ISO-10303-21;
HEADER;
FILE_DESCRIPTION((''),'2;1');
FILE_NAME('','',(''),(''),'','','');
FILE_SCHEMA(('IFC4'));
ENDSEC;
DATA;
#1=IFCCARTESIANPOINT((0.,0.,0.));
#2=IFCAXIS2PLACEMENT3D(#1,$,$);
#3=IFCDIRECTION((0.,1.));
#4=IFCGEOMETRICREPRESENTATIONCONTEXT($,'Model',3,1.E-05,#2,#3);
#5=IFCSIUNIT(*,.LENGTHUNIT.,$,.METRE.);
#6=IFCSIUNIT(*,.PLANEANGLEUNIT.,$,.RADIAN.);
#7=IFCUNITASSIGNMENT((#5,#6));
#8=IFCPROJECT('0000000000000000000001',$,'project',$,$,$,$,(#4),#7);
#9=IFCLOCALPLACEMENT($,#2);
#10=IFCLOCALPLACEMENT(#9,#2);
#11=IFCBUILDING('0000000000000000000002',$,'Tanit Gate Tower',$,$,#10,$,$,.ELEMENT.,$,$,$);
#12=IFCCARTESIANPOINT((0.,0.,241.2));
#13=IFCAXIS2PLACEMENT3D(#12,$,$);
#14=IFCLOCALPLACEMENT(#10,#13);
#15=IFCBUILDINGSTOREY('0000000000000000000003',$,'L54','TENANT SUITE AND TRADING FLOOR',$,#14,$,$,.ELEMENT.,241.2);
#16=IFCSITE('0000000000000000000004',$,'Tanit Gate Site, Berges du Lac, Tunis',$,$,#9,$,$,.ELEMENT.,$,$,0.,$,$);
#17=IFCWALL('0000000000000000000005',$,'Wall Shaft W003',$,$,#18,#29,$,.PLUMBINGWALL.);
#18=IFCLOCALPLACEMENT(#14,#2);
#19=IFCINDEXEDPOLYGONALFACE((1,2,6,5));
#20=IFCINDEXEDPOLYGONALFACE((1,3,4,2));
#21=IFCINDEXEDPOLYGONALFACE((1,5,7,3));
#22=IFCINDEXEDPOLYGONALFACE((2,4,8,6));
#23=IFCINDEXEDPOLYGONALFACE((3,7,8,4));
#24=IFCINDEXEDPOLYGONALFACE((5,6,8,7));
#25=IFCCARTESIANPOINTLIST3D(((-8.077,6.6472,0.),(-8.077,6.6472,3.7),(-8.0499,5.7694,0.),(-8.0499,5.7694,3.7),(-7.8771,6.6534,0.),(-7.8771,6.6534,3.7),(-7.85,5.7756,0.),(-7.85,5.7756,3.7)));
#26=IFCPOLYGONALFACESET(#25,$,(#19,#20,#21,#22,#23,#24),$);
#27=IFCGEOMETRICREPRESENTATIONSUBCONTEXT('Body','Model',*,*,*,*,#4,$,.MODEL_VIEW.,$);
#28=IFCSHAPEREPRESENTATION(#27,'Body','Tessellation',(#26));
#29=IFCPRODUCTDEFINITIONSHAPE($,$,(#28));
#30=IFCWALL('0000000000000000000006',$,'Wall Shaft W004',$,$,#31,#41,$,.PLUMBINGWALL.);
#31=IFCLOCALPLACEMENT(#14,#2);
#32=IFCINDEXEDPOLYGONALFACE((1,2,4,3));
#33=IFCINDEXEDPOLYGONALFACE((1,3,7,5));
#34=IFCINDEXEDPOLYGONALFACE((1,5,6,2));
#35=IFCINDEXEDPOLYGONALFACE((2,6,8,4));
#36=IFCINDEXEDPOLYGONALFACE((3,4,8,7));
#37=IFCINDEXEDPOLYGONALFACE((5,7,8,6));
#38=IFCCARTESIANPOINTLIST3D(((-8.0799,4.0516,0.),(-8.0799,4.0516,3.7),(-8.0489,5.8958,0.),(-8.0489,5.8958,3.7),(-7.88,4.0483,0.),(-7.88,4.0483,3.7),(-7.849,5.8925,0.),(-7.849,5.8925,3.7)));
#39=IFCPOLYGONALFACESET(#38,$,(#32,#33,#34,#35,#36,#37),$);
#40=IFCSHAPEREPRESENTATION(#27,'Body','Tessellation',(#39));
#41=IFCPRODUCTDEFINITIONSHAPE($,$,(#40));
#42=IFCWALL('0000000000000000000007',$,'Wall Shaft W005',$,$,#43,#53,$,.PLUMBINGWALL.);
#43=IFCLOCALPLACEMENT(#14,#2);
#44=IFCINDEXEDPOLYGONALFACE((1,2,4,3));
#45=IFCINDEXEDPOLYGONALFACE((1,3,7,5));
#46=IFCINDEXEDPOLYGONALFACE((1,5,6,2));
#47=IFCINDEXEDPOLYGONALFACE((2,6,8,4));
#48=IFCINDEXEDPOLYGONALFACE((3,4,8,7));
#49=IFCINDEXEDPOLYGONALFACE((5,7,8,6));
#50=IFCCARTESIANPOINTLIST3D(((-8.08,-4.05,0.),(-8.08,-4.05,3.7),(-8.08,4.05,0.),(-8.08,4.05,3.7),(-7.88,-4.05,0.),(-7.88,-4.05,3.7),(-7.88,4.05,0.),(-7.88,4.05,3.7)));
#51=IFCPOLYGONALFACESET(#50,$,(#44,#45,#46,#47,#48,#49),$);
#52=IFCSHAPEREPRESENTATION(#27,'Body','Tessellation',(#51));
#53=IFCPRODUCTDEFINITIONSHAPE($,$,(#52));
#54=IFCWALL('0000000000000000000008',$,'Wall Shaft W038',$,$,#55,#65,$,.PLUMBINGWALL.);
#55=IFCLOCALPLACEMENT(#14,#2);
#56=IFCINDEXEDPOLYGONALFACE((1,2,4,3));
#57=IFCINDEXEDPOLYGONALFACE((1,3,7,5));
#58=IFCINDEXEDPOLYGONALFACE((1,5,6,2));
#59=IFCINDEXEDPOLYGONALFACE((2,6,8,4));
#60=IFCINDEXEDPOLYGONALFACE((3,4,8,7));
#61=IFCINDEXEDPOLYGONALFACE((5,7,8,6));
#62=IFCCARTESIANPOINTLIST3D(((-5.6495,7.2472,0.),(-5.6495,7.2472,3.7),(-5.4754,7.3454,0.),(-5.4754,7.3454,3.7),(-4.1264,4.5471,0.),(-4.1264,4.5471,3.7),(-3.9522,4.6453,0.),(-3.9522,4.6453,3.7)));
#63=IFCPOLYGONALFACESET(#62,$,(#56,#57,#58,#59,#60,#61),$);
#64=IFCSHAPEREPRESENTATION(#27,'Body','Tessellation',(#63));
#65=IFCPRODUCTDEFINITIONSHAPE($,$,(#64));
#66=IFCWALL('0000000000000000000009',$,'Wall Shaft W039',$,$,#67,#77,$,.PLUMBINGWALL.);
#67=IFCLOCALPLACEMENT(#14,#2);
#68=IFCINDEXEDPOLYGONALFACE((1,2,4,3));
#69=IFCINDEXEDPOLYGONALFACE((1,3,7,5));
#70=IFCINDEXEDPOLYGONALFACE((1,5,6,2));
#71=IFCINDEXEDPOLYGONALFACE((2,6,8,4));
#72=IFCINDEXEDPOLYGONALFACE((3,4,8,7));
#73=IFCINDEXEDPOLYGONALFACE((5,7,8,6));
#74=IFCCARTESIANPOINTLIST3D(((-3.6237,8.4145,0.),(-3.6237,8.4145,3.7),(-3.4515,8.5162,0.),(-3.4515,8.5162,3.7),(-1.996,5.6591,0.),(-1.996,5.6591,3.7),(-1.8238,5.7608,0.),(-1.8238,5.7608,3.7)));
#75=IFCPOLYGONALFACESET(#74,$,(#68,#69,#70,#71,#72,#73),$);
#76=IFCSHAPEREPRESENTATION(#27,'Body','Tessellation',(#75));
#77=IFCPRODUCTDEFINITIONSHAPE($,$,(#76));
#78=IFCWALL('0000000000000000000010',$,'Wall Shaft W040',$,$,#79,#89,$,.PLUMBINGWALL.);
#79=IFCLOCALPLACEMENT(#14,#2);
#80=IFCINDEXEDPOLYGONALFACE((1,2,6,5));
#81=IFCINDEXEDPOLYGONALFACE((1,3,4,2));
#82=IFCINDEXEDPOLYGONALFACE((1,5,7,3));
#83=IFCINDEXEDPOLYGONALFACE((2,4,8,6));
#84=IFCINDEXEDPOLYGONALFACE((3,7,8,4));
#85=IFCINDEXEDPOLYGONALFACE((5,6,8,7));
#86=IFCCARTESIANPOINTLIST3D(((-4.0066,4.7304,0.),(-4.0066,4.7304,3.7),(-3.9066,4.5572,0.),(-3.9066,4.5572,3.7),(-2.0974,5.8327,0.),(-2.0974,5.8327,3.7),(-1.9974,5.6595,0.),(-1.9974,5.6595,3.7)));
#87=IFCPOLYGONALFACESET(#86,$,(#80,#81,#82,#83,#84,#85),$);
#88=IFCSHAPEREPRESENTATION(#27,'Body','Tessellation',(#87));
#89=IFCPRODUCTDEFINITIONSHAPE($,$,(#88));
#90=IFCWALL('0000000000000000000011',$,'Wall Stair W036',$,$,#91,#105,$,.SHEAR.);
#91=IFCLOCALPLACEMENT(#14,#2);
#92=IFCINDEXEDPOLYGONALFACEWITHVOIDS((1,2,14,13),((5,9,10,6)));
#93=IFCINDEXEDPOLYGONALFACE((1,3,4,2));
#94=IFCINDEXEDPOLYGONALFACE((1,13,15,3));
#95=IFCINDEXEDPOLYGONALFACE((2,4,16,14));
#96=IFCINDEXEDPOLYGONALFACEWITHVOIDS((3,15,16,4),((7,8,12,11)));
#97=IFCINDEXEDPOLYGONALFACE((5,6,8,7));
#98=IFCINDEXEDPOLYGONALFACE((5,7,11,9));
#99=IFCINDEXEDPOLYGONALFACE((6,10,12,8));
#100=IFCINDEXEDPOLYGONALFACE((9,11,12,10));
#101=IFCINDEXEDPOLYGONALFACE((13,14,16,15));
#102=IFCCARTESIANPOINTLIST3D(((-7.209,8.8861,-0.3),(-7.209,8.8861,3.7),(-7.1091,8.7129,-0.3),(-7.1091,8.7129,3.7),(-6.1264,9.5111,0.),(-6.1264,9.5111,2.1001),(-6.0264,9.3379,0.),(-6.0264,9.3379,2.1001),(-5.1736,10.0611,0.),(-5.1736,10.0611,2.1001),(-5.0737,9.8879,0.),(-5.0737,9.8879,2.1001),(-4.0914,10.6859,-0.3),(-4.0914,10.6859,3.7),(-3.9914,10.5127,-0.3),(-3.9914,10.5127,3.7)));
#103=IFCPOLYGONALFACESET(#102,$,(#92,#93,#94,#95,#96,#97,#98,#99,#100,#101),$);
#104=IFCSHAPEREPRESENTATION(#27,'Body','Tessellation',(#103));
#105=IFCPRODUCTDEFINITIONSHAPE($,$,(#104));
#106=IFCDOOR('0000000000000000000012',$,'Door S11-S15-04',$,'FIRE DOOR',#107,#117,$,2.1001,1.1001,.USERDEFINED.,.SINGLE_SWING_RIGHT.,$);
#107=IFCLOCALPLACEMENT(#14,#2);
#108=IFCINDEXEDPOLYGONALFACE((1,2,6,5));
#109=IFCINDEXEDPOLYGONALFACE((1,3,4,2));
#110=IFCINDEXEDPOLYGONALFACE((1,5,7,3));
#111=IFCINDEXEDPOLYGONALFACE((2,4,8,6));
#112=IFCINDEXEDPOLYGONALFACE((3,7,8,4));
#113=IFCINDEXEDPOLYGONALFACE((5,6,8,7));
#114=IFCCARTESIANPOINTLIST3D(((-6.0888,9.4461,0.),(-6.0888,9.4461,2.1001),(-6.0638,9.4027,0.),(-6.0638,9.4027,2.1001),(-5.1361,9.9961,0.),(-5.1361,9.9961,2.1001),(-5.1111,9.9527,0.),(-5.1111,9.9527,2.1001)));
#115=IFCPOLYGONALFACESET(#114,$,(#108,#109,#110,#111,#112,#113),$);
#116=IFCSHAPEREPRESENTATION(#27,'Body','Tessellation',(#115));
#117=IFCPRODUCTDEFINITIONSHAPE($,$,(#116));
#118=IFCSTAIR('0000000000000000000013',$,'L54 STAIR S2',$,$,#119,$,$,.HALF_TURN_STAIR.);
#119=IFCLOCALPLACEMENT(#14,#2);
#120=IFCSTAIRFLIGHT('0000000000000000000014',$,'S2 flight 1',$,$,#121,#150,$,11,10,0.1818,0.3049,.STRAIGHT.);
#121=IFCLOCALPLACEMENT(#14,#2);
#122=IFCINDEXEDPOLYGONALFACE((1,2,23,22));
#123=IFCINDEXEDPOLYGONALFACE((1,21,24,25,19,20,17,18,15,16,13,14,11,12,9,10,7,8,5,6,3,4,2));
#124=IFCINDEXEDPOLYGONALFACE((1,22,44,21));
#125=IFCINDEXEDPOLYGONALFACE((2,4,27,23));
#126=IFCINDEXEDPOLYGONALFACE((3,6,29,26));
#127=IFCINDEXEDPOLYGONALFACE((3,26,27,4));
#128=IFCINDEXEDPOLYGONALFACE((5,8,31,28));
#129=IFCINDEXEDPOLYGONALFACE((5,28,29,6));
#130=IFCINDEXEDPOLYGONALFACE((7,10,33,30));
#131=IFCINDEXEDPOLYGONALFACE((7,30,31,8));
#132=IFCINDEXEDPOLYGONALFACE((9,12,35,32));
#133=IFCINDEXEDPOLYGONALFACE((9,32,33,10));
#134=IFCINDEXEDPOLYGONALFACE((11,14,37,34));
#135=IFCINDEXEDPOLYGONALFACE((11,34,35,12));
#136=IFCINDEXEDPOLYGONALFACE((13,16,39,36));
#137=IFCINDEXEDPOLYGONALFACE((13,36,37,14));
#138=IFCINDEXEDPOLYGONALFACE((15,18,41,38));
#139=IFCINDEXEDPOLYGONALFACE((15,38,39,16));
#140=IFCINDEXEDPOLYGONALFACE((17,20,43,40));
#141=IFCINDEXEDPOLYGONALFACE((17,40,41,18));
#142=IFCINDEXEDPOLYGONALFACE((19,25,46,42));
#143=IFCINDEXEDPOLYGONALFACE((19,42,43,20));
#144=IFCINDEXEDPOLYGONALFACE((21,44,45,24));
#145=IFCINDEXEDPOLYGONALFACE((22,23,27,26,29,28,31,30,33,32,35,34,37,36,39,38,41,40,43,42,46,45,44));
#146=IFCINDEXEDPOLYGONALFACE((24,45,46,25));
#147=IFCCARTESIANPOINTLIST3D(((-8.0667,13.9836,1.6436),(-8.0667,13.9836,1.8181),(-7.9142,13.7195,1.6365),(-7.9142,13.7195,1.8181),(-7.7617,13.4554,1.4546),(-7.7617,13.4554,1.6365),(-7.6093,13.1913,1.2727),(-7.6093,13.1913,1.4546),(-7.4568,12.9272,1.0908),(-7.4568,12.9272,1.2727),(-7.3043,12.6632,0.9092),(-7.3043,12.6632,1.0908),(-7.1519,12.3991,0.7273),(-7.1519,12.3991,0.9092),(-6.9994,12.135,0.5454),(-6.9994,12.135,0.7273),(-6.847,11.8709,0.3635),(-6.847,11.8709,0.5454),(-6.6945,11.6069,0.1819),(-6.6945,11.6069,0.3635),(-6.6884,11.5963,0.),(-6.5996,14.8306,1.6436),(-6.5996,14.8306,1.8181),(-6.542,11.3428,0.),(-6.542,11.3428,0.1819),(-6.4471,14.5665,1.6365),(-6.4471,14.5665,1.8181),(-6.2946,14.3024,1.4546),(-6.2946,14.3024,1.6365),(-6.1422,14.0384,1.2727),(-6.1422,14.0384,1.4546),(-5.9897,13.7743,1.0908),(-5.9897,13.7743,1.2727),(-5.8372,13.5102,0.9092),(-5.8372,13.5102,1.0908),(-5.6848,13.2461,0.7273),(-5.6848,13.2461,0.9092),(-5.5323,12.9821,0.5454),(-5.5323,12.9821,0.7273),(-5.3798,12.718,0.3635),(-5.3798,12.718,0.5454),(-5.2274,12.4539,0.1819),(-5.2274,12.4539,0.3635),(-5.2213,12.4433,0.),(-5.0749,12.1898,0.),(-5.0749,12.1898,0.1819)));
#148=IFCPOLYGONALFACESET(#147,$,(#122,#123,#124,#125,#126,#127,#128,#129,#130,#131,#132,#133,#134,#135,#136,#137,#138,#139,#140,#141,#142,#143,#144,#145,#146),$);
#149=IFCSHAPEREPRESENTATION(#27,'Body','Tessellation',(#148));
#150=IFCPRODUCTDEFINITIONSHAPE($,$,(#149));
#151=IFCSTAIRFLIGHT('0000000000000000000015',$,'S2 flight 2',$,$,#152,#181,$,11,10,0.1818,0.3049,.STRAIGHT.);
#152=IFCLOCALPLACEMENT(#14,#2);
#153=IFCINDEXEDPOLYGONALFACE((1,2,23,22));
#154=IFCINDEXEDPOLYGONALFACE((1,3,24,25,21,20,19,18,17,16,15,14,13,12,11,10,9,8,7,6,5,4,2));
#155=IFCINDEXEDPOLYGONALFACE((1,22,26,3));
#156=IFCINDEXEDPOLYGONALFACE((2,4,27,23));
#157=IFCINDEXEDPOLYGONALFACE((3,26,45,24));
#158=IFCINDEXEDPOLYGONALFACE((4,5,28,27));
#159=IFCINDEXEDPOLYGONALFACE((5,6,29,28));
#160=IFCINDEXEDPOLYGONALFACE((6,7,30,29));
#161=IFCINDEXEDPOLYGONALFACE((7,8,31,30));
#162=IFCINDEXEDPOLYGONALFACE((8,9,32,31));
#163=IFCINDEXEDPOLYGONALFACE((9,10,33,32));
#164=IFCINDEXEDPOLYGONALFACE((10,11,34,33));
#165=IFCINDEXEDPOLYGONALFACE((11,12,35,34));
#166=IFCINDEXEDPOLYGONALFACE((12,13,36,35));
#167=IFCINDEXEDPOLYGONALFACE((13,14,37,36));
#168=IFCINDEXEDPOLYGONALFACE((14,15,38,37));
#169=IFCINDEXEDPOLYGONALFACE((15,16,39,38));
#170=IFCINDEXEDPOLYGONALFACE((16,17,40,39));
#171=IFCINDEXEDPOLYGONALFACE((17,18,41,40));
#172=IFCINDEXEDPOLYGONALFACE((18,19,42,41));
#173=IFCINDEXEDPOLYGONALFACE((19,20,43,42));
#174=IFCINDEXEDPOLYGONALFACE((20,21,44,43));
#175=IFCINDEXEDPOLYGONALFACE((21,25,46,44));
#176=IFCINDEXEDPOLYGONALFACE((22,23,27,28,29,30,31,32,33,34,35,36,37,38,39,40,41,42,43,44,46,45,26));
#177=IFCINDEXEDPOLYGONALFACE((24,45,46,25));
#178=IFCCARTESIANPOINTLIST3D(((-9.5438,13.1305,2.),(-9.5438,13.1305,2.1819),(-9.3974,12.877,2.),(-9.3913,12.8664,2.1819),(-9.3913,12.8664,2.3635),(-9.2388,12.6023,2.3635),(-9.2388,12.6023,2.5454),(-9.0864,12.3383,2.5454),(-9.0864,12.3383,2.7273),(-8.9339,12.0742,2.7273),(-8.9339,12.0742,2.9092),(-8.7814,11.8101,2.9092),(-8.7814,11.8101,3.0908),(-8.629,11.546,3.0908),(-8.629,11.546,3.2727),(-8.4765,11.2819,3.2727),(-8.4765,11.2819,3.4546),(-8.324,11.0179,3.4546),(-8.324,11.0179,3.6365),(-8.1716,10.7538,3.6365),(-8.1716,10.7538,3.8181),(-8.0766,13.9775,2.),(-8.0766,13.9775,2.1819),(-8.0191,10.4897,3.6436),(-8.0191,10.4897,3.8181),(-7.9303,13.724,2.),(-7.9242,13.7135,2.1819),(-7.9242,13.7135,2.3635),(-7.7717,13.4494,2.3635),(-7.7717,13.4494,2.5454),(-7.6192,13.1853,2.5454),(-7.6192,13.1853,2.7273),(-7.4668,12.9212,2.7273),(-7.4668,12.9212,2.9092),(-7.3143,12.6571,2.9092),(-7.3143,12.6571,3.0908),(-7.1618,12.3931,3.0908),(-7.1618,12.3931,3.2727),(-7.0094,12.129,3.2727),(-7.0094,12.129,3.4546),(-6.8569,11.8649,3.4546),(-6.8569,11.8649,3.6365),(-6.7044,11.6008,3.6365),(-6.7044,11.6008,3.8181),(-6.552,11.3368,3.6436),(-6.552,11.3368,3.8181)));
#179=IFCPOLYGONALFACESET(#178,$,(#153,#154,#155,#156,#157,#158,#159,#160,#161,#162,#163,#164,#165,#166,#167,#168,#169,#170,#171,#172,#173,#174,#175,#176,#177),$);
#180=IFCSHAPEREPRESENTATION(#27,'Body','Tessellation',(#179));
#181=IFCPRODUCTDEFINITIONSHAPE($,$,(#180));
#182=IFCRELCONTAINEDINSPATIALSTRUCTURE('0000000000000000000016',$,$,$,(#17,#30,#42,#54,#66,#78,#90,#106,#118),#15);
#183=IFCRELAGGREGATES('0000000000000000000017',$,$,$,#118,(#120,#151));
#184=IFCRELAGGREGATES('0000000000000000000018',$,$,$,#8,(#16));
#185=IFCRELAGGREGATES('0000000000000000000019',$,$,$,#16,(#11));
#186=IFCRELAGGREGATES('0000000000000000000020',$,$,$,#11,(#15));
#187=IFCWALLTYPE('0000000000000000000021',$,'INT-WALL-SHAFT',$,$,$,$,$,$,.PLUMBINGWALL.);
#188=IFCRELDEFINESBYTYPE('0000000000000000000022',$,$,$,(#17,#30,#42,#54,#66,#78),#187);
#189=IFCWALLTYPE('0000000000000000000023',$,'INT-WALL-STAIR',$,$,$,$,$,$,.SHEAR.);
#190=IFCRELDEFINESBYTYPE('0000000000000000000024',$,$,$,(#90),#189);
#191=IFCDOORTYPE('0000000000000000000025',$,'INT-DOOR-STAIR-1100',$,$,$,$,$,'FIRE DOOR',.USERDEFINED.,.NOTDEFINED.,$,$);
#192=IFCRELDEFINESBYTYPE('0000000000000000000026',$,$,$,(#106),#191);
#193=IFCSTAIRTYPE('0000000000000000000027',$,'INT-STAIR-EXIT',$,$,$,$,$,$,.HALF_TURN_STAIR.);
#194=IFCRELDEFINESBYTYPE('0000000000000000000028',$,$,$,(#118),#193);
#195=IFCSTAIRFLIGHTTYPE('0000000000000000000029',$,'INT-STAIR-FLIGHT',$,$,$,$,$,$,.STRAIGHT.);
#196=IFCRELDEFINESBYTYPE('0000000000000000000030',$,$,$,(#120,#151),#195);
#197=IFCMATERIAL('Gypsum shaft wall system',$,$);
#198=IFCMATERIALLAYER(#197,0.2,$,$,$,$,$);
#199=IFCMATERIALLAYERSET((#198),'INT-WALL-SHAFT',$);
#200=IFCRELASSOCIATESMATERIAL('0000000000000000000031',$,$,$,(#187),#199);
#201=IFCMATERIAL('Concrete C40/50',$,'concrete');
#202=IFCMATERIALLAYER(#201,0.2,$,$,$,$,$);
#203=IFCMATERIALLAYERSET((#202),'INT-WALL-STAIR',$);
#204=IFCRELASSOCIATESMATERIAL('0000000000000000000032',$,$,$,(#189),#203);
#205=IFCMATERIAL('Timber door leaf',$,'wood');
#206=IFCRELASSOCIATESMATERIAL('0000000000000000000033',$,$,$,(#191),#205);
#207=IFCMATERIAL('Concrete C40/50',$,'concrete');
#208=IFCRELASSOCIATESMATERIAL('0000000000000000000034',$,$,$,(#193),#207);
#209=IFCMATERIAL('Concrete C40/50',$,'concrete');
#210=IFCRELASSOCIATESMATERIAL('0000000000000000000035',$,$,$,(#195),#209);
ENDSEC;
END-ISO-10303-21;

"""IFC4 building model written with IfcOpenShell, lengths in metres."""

from ifc_helpers import new_model, si_unit, direction, frame, frame_2d, origin, place, context, subcontext, project, spatial, polyline, rectangle, outline, extrude, material, layer, layer_set, type_object, element, fill, aggregate, save


model = new_model("IFC4")

# Units and contexts
model_context = context("Model", 3, precision=1e-05, world=origin(), true_north=direction((0.0, 1.0)))
body_context = subcontext(model_context, "Body", "Model", "MODEL_VIEW")
ifc_project = project(units=[si_unit("LENGTHUNIT", "METRE"), si_unit("PLANEANGLEUNIT", "RADIAN")], contexts=[model_context])

# Site, building, storey
site_placement = place(None, origin())
site = spatial("IfcSite", under=ifc_project, at=site_placement, Name="Tanit Gate Site, Berges du Lac, Tunis", CompositionType="ELEMENT", RefElevation=0.0)
building_placement = place(site_placement, origin())
building = spatial("IfcBuilding", under=site, at=building_placement, Name="Tanit Gate Tower", CompositionType="ELEMENT")
storey_placement = place(building_placement, frame((0.0, 0.0, 241.2)))
storey = spatial("IfcBuildingStorey", under=building, at=storey_placement, Name="L54", Description="TENANT SUITE AND TRADING FLOOR", CompositionType="ELEMENT", Elevation=241.2)

# Walls
ifc_material_1 = material(Name="Gypsum shaft wall system")
ifc_layer_1 = layer(ifc_material_1, 0.2)
ifc_layer_set_1 = layer_set([ifc_layer_1], Name="INT-WALL-SHAFT")
wall_type_1 = type_object("IfcWallType", Name="INT-WALL-SHAFT", PredefinedType="PLUMBINGWALL", material=ifc_layer_set_1)
wall_1_placement = place(storey_placement, frame((-7.9771, 6.6501, 0.0), z_axis=(0.0, 0.0, 1.0), x_axis=(0.030862, -0.999524, 0.0)))
element("IfcWall", 1, at=wall_1_placement, inside=storey, type_object=wall_type_1, Name="Wall Shaft W003", PredefinedType="PLUMBINGWALL", context=body_context, shape_type="SweptSolid", body=[
    extrude(rectangle(XDim=0.8782, YDim=0.2, at=frame_2d((0.439, 0.0))), origin(), (0.0, 0.0, 1.0), 3.7),
])
wall_2_placement = place(storey_placement, frame((-7.949, 5.8943, 0.0), z_axis=(0.0, 0.0, 1.0), x_axis=(-0.01681, -0.999859, 0.0)))
element("IfcWall", 2, at=wall_2_placement, inside=storey, type_object=wall_type_1, Name="Wall Shaft W004", PredefinedType="PLUMBINGWALL", context=body_context, shape_type="SweptSolid", body=[
    extrude(rectangle(XDim=1.8445, YDim=0.2, at=frame_2d((0.9224, 0.0))), origin(), (0.0, 0.0, 1.0), 3.7),
])
wall_3_placement = place(storey_placement, frame((-7.98, 4.05, 0.0), z_axis=(0.0, 0.0, 1.0), x_axis=(0.0, -1.0, 0.0)))
element("IfcWall", 3, at=wall_3_placement, inside=storey, type_object=wall_type_1, Name="Wall Shaft W005", PredefinedType="PLUMBINGWALL", context=body_context, shape_type="SweptSolid", body=[
    extrude(rectangle(XDim=8.1001, YDim=0.2, at=frame_2d((4.05, 0.0))), origin(), (0.0, 0.0, 1.0), 3.7),
])

# Walls
wall_4_placement = place(storey_placement, frame((-4.0393, 4.5962, 0.0), z_axis=(0.0, 0.0, 1.0), x_axis=(-0.491323, 0.870978, 0.0)))
element("IfcWall", 4, at=wall_4_placement, inside=storey, type_object=wall_type_1, Name="Wall Shaft W038", PredefinedType="PLUMBINGWALL", context=body_context, shape_type="SweptSolid", body=[
    extrude(rectangle(XDim=3.1001, YDim=0.2, at=frame_2d((1.55, 0.0))), origin(), (0.0, 0.0, 1.0), 3.7),
])
wall_5_placement = place(storey_placement, frame((-3.5376, 8.4653, 0.0), z_axis=(0.0, 0.0, 1.0), x_axis=(0.508616, -0.860993, 0.0)))
element("IfcWall", 5, at=wall_5_placement, inside=storey, type_object=wall_type_1, Name="Wall Shaft W039", PredefinedType="PLUMBINGWALL", context=body_context, shape_type="SweptSolid", body=[
    extrude(rectangle(XDim=3.2002, YDim=0.2, at=frame_2d((1.6001, 0.0))), origin(), (0.0, 0.0, 1.0), 3.7),
])
wall_6_placement = place(storey_placement, frame((-2.0474, 5.7461, 0.0), z_axis=(0.0, 0.0, 1.0), x_axis=(-0.86602, -0.50001, 0.0)))
element("IfcWall", 6, at=wall_6_placement, inside=storey, type_object=wall_type_1, Name="Wall Shaft W040", PredefinedType="PLUMBINGWALL", context=body_context, shape_type="SweptSolid", body=[
    extrude(rectangle(XDim=2.2046, YDim=0.2, at=frame_2d((1.1023, 0.0))), origin(), (0.0, 0.0, 1.0), 3.7),
])

# Wall, opening, door
ifc_material_2 = material(Name="Concrete C40/50", Category="concrete")
ifc_layer_2 = layer(ifc_material_2, 0.2)
ifc_layer_set_2 = layer_set([ifc_layer_2], Name="INT-WALL-STAIR")
wall_type_2 = type_object("IfcWallType", Name="INT-WALL-STAIR", PredefinedType="SHEAR", material=ifc_layer_set_2)
wall_7_placement = place(storey_placement, frame((-7.1589, 8.7996, -0.3), z_axis=(0.0, 0.0, 1.0), x_axis=(0.866048, 0.499961, 0.0)))
wall_7 = element("IfcWall", 7, at=wall_7_placement, inside=storey, type_object=wall_type_2, Name="Wall Stair W036", PredefinedType="SHEAR", context=body_context, shape_type="SweptSolid", body=[
    extrude(rectangle(XDim=3.5999, YDim=0.2, at=frame_2d((1.7998, 0.0))), origin(), (0.0, 0.0, 1.0), 4.0),
])
opening_1_placement = place(wall_7_placement, frame((1.25, 0.0, 0.3)))
opening_1 = element("IfcOpeningElement", 8, at=opening_1_placement, cuts=wall_7, PredefinedType="OPENING", context=body_context, shape_type="SweptSolid", body=[
    extrude(rectangle(XDim=1.1001, YDim=2.1001, at=frame_2d((0.55, 1.05))), frame((0.0, 0.1099, 0.0), z_axis=(0.0, -1.0, 0.0), x_axis=(1.0, 0.0, 0.0)), (0.0, 0.0, 1.0), 0.22),
])
ifc_material_3 = material(Name="Timber door leaf", Category="wood")
door_type_1 = type_object("IfcDoorType", Name="INT-DOOR-STAIR-1100", ElementType="FIRE DOOR", OperationType="NOTDEFINED", PredefinedType="USERDEFINED", material=ifc_material_3)
door_1_placement = place(opening_1_placement, origin())
door_1 = element("IfcDoor", 9, at=door_1_placement, inside=storey, type_object=door_type_1, Name="Door S11-S15-04", ObjectType="FIRE DOOR", OperationType="SINGLE_SWING_RIGHT", OverallHeight=2.1001, OverallWidth=1.1001, PredefinedType="USERDEFINED", context=body_context, shape_type="SweptSolid", body=[
    extrude(rectangle(XDim=1.1001, YDim=2.1001, at=frame_2d((0.55, 1.05))), frame((0.0, 0.0249, 0.0), z_axis=(0.0, -1.0, 0.0), x_axis=(1.0, 0.0, 0.0)), (0.0, 0.0, 1.0), 0.05),
])
fill(opening_1, door_1)

# Stair, stair flights
ifc_material_4 = material(Name="Concrete C40/50", Category="concrete")
stair_type = type_object("IfcStairType", Name="INT-STAIR-EXIT", PredefinedType="HALF_TURN_STAIR", material=ifc_material_4)
stair_placement = place(storey_placement, origin())
stair = element("IfcStair", 10, at=stair_placement, inside=storey, type_object=stair_type, Name="L54 STAIR S2", PredefinedType="HALF_TURN_STAIR")
ifc_material_5 = material(Name="Concrete C40/50", Category="concrete")
stair_flight_type = type_object("IfcStairFlightType", Name="INT-STAIR-FLIGHT", PredefinedType="STRAIGHT", material=ifc_material_5)
stair_flight_1_placement = place(storey_placement, frame((-5.8083, 11.7664, 0.0), z_axis=(0.0, 0.0, 1.0), x_axis=(-0.5, 0.866025, 0.0)))
stair_flight_1 = element("IfcStairFlight", 11, at=stair_flight_1_placement, type_object=stair_flight_type, Name="S2 flight 1", NumberOfRisers=11, NumberOfTreads=10, PredefinedType="STRAIGHT", RiserHeight=0.1818, TreadLength=0.3049, context=body_context, shape_type="SweptSolid", body=[
    extrude(outline(polyline([(0.0, 0.0), (0.0, 0.1819), (0.3049, 0.1819), (0.3049, 0.3635), (0.6099, 0.3635), (0.6099, 0.5454), (0.9148, 0.5454), (0.9148, 0.7273), (1.2197, 0.7273), (1.2197, 0.9092), (1.5247, 0.9092), (1.5247, 1.0908), (1.8296, 1.0908), (1.8296, 1.2727), (2.1345, 1.2727), (2.1345, 1.4546), (2.4395, 1.4546), (2.4395, 1.6365), (2.7444, 1.6365), (2.7444, 1.8181), (3.0493, 1.8181), (3.0493, 2.0), (3.0493, 1.6436), (0.2927, 0.0), (0.0, 0.0)])), frame((0.0, 0.8472, 0.0), z_axis=(0.0, -1.0, 0.0), x_axis=(1.0, 0.0, 0.0)), (0.0, 0.0, 1.0), 1.6941),
])
stair_flight_2_placement = place(storey_placement, frame((-8.8103, 13.554, 2.0), z_axis=(0.0, 0.0, 1.0), x_axis=(0.5, -0.866025, 0.0)))
stair_flight_2 = element("IfcStairFlight", 12, at=stair_flight_2_placement, type_object=stair_flight_type, Name="S2 flight 2", NumberOfRisers=11, NumberOfTreads=10, PredefinedType="STRAIGHT", RiserHeight=0.1818, TreadLength=0.3049, context=body_context, shape_type="SweptSolid", body=[
    extrude(outline(polyline([(0.0, 0.0), (0.0, 0.1819), (0.3049, 0.1819), (0.3049, 0.3635), (0.6099, 0.3635), (0.6099, 0.5454), (0.9148, 0.5454), (0.9148, 0.7273), (1.2197, 0.7273), (1.2197, 0.9092), (1.5247, 0.9092), (1.5247, 1.0908), (1.8296, 1.0908), (1.8296, 1.2727), (2.1345, 1.2727), (2.1345, 1.4546), (2.4395, 1.4546), (2.4395, 1.6365), (2.7444, 1.6365), (2.7444, 1.8181), (3.0493, 1.8181), (3.0493, 2.0), (3.0493, 1.6436), (0.2927, 0.0), (0.0, 0.0)])), frame((0.0, 0.8472, 0.0), z_axis=(0.0, -1.0, 0.0), x_axis=(1.0, 0.0, 0.0)), (0.0, 0.0, 1.0), 1.6941),
])
aggregate(stair, [stair_flight_1, stair_flight_2])

save(model, "model.ifc")
